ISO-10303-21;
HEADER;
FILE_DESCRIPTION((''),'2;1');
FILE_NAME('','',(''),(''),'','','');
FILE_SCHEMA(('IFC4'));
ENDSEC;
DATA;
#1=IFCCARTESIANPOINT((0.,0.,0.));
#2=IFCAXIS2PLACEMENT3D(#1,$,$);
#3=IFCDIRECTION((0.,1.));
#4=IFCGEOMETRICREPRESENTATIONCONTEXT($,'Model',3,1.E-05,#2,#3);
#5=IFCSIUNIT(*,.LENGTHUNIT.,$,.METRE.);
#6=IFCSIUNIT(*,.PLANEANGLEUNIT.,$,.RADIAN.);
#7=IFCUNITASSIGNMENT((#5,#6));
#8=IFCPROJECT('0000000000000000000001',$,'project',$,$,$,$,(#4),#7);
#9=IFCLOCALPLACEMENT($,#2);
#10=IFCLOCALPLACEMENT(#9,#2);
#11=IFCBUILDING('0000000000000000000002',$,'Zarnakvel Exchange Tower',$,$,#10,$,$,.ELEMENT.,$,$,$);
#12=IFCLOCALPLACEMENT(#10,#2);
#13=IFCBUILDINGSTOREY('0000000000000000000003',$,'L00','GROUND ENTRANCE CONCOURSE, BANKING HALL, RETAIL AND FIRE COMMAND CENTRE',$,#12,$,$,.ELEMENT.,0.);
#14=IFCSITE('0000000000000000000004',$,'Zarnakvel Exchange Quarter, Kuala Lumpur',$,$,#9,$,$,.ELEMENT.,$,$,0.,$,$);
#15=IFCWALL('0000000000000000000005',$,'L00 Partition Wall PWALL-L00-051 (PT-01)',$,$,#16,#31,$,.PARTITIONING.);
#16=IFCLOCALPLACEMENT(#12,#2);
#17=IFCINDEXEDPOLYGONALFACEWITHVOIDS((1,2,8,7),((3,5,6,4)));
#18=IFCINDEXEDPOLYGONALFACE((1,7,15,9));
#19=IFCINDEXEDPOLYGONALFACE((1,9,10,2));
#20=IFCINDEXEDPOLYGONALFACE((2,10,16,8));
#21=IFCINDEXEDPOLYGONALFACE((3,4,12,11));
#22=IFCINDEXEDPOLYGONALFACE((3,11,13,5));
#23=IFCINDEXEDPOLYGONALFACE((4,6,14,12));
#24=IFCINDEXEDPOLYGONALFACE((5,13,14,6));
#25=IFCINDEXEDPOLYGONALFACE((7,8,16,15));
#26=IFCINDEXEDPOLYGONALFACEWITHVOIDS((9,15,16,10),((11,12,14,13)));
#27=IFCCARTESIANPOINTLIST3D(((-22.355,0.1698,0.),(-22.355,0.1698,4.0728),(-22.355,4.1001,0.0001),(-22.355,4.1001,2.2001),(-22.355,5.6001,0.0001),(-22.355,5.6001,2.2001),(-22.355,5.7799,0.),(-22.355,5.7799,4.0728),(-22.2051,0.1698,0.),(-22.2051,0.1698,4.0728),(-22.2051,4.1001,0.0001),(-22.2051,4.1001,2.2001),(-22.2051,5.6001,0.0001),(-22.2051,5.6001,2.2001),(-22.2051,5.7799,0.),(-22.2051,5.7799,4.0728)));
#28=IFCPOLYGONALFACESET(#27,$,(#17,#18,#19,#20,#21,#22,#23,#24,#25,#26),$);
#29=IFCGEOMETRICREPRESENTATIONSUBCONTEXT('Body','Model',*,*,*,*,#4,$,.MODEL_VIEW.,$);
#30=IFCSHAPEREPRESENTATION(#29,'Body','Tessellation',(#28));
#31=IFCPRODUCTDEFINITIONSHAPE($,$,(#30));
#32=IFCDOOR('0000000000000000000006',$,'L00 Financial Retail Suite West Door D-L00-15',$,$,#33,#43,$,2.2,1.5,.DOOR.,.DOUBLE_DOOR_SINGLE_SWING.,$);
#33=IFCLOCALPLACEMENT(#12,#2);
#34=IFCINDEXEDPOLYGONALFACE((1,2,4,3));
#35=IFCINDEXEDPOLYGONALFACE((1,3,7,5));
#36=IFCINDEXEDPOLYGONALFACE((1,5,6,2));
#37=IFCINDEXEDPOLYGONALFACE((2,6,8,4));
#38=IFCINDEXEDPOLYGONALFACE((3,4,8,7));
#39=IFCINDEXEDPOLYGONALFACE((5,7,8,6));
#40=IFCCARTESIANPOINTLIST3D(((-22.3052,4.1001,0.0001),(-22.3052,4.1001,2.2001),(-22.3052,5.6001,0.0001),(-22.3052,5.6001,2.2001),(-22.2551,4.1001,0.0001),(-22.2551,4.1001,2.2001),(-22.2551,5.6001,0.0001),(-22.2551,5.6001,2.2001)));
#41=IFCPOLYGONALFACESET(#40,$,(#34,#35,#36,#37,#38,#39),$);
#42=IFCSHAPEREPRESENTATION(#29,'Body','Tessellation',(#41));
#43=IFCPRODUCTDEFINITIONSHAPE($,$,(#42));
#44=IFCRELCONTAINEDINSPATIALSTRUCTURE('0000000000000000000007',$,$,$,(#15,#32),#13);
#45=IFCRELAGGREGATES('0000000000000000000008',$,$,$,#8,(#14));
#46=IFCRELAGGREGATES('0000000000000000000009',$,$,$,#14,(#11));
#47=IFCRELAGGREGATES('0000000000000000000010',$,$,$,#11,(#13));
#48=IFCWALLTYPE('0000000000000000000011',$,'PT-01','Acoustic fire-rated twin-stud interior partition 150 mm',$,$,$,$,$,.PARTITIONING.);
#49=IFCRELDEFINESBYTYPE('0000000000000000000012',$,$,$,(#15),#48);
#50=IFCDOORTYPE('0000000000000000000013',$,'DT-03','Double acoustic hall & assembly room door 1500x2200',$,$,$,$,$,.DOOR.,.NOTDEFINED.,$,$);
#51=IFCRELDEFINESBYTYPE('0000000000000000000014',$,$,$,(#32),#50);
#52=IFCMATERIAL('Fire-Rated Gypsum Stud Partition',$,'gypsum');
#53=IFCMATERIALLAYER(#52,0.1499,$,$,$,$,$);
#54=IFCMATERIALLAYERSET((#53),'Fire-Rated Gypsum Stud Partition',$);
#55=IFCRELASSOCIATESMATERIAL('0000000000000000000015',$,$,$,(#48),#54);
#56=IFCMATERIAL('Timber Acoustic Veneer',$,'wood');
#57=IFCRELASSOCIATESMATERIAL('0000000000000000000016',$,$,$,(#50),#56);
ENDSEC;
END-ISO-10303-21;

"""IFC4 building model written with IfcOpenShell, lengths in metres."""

from ifc_helpers import new_model, si_unit, direction, frame, frame_2d, origin, place, context, subcontext, project, spatial, rectangle, extrude, source, transform, mapped, material, layer, layer_set, type_object, element, fill, save


model = new_model("IFC4")

# Units and contexts
model_context = context("Model", 3, precision=1e-05, world=origin(), true_north=direction((0.0, 1.0)))
body_context = subcontext(model_context, "Body", "Model", "MODEL_VIEW")
ifc_project = project(units=[si_unit("LENGTHUNIT", "METRE"), si_unit("PLANEANGLEUNIT", "RADIAN")], contexts=[model_context])

# Site, building, storey
site_placement = place(None, origin())
site = spatial("IfcSite", under=ifc_project, at=site_placement, Name="Zarnakvel Exchange Quarter, Kuala Lumpur", CompositionType="ELEMENT", RefElevation=0.0)
building_placement = place(site_placement, origin())
building = spatial("IfcBuilding", under=site, at=building_placement, Name="Zarnakvel Exchange Tower", CompositionType="ELEMENT")
storey_placement = place(building_placement, origin())
storey = spatial("IfcBuildingStorey", under=building, at=storey_placement, Name="L00", Description="GROUND ENTRANCE CONCOURSE, BANKING HALL, RETAIL AND FIRE COMMAND CENTRE", CompositionType="ELEMENT", Elevation=0.0)

# Shared definitions
ifc_material_1 = material(Name="Fire-Rated Gypsum Stud Partition", Category="gypsum")
ifc_layer_1 = layer(ifc_material_1, 0.1499)
ifc_layer_set_1 = layer_set([ifc_layer_1], Name="Fire-Rated Gypsum Stud Partition")
wall_type_1 = type_object("IfcWallType", Name="PT-01", Description="Acoustic fire-rated twin-stud interior partition 150 mm", PredefinedType="PARTITIONING", material=ifc_layer_set_1)

# Wall, opening, door
wall_1_placement = place(storey_placement, frame((-22.28, 5.78, 0.0), z_axis=(0.0, 0.0, 1.0), x_axis=(0.0, -1.0, 0.0)))
wall_1 = element("IfcWall", 1, at=wall_1_placement, inside=storey, type_object=wall_type_1, Name="L00 Partition Wall PWALL-L00-051 (PT-01)", PredefinedType="PARTITIONING", context=body_context, shape_type="SweptSolid", body=[
    extrude(rectangle(XDim=5.6101, YDim=0.1499, at=frame_2d((2.8052, 0.0))), origin(), (0.0, 0.0, 1.0), 4.0728),
])
opening_placement = place(wall_1_placement, frame((0.1799, 0.0, 0.0)))
opening = element("IfcOpeningElement", 2, at=opening_placement, cuts=wall_1, PredefinedType="OPENING", context=body_context, shape_type="SweptSolid", body=[
    extrude(rectangle(XDim=1.5, YDim=2.2, at=frame_2d((0.75, 1.1001))), frame((0.0, 0.085, 0.0), z_axis=(0.0, -1.0, 0.0), x_axis=(1.0, 0.0, 0.0)), (0.0, 0.0, 1.0), 0.1699),
])
ifc_material_2 = material(Name="Timber Acoustic Veneer", Category="wood")
door_type = type_object("IfcDoorType", Name="DT-03", Description="Double acoustic hall & assembly room door 1500x2200", OperationType="NOTDEFINED", PredefinedType="DOOR", material=ifc_material_2)
shared_shape_1 = source(origin(), body_context, "Body", "SweptSolid", [
    extrude(rectangle(XDim=1.5, YDim=2.2, at=frame_2d((0.75, 1.1001))), frame((0.0, 0.0249, 0.0), z_axis=(0.0, -1.0, 0.0), x_axis=(1.0, 0.0, 0.0)), (0.0, 0.0, 1.0), 0.05),
])
door_placement = place(opening_placement, origin())
door = element("IfcDoor", 3, at=door_placement, inside=storey, type_object=door_type, Name="L00 Financial Retail Suite West Door D-L00-15", OperationType="DOUBLE_DOOR_SINGLE_SWING", OverallHeight=2.2, OverallWidth=1.5, PredefinedType="DOOR", context=body_context, shape_type="MappedRepresentation", body=[
    mapped(shared_shape_1, transform((0.0, 0.0, 0.0), x_axis=(1.0, 0.0, 0.0), y_axis=(0.0, 1.0, 0.0), z_axis=(0.0, 0.0, 1.0), scale=1.0)),
])
fill(opening, door)

save(model, "model.ifc")
